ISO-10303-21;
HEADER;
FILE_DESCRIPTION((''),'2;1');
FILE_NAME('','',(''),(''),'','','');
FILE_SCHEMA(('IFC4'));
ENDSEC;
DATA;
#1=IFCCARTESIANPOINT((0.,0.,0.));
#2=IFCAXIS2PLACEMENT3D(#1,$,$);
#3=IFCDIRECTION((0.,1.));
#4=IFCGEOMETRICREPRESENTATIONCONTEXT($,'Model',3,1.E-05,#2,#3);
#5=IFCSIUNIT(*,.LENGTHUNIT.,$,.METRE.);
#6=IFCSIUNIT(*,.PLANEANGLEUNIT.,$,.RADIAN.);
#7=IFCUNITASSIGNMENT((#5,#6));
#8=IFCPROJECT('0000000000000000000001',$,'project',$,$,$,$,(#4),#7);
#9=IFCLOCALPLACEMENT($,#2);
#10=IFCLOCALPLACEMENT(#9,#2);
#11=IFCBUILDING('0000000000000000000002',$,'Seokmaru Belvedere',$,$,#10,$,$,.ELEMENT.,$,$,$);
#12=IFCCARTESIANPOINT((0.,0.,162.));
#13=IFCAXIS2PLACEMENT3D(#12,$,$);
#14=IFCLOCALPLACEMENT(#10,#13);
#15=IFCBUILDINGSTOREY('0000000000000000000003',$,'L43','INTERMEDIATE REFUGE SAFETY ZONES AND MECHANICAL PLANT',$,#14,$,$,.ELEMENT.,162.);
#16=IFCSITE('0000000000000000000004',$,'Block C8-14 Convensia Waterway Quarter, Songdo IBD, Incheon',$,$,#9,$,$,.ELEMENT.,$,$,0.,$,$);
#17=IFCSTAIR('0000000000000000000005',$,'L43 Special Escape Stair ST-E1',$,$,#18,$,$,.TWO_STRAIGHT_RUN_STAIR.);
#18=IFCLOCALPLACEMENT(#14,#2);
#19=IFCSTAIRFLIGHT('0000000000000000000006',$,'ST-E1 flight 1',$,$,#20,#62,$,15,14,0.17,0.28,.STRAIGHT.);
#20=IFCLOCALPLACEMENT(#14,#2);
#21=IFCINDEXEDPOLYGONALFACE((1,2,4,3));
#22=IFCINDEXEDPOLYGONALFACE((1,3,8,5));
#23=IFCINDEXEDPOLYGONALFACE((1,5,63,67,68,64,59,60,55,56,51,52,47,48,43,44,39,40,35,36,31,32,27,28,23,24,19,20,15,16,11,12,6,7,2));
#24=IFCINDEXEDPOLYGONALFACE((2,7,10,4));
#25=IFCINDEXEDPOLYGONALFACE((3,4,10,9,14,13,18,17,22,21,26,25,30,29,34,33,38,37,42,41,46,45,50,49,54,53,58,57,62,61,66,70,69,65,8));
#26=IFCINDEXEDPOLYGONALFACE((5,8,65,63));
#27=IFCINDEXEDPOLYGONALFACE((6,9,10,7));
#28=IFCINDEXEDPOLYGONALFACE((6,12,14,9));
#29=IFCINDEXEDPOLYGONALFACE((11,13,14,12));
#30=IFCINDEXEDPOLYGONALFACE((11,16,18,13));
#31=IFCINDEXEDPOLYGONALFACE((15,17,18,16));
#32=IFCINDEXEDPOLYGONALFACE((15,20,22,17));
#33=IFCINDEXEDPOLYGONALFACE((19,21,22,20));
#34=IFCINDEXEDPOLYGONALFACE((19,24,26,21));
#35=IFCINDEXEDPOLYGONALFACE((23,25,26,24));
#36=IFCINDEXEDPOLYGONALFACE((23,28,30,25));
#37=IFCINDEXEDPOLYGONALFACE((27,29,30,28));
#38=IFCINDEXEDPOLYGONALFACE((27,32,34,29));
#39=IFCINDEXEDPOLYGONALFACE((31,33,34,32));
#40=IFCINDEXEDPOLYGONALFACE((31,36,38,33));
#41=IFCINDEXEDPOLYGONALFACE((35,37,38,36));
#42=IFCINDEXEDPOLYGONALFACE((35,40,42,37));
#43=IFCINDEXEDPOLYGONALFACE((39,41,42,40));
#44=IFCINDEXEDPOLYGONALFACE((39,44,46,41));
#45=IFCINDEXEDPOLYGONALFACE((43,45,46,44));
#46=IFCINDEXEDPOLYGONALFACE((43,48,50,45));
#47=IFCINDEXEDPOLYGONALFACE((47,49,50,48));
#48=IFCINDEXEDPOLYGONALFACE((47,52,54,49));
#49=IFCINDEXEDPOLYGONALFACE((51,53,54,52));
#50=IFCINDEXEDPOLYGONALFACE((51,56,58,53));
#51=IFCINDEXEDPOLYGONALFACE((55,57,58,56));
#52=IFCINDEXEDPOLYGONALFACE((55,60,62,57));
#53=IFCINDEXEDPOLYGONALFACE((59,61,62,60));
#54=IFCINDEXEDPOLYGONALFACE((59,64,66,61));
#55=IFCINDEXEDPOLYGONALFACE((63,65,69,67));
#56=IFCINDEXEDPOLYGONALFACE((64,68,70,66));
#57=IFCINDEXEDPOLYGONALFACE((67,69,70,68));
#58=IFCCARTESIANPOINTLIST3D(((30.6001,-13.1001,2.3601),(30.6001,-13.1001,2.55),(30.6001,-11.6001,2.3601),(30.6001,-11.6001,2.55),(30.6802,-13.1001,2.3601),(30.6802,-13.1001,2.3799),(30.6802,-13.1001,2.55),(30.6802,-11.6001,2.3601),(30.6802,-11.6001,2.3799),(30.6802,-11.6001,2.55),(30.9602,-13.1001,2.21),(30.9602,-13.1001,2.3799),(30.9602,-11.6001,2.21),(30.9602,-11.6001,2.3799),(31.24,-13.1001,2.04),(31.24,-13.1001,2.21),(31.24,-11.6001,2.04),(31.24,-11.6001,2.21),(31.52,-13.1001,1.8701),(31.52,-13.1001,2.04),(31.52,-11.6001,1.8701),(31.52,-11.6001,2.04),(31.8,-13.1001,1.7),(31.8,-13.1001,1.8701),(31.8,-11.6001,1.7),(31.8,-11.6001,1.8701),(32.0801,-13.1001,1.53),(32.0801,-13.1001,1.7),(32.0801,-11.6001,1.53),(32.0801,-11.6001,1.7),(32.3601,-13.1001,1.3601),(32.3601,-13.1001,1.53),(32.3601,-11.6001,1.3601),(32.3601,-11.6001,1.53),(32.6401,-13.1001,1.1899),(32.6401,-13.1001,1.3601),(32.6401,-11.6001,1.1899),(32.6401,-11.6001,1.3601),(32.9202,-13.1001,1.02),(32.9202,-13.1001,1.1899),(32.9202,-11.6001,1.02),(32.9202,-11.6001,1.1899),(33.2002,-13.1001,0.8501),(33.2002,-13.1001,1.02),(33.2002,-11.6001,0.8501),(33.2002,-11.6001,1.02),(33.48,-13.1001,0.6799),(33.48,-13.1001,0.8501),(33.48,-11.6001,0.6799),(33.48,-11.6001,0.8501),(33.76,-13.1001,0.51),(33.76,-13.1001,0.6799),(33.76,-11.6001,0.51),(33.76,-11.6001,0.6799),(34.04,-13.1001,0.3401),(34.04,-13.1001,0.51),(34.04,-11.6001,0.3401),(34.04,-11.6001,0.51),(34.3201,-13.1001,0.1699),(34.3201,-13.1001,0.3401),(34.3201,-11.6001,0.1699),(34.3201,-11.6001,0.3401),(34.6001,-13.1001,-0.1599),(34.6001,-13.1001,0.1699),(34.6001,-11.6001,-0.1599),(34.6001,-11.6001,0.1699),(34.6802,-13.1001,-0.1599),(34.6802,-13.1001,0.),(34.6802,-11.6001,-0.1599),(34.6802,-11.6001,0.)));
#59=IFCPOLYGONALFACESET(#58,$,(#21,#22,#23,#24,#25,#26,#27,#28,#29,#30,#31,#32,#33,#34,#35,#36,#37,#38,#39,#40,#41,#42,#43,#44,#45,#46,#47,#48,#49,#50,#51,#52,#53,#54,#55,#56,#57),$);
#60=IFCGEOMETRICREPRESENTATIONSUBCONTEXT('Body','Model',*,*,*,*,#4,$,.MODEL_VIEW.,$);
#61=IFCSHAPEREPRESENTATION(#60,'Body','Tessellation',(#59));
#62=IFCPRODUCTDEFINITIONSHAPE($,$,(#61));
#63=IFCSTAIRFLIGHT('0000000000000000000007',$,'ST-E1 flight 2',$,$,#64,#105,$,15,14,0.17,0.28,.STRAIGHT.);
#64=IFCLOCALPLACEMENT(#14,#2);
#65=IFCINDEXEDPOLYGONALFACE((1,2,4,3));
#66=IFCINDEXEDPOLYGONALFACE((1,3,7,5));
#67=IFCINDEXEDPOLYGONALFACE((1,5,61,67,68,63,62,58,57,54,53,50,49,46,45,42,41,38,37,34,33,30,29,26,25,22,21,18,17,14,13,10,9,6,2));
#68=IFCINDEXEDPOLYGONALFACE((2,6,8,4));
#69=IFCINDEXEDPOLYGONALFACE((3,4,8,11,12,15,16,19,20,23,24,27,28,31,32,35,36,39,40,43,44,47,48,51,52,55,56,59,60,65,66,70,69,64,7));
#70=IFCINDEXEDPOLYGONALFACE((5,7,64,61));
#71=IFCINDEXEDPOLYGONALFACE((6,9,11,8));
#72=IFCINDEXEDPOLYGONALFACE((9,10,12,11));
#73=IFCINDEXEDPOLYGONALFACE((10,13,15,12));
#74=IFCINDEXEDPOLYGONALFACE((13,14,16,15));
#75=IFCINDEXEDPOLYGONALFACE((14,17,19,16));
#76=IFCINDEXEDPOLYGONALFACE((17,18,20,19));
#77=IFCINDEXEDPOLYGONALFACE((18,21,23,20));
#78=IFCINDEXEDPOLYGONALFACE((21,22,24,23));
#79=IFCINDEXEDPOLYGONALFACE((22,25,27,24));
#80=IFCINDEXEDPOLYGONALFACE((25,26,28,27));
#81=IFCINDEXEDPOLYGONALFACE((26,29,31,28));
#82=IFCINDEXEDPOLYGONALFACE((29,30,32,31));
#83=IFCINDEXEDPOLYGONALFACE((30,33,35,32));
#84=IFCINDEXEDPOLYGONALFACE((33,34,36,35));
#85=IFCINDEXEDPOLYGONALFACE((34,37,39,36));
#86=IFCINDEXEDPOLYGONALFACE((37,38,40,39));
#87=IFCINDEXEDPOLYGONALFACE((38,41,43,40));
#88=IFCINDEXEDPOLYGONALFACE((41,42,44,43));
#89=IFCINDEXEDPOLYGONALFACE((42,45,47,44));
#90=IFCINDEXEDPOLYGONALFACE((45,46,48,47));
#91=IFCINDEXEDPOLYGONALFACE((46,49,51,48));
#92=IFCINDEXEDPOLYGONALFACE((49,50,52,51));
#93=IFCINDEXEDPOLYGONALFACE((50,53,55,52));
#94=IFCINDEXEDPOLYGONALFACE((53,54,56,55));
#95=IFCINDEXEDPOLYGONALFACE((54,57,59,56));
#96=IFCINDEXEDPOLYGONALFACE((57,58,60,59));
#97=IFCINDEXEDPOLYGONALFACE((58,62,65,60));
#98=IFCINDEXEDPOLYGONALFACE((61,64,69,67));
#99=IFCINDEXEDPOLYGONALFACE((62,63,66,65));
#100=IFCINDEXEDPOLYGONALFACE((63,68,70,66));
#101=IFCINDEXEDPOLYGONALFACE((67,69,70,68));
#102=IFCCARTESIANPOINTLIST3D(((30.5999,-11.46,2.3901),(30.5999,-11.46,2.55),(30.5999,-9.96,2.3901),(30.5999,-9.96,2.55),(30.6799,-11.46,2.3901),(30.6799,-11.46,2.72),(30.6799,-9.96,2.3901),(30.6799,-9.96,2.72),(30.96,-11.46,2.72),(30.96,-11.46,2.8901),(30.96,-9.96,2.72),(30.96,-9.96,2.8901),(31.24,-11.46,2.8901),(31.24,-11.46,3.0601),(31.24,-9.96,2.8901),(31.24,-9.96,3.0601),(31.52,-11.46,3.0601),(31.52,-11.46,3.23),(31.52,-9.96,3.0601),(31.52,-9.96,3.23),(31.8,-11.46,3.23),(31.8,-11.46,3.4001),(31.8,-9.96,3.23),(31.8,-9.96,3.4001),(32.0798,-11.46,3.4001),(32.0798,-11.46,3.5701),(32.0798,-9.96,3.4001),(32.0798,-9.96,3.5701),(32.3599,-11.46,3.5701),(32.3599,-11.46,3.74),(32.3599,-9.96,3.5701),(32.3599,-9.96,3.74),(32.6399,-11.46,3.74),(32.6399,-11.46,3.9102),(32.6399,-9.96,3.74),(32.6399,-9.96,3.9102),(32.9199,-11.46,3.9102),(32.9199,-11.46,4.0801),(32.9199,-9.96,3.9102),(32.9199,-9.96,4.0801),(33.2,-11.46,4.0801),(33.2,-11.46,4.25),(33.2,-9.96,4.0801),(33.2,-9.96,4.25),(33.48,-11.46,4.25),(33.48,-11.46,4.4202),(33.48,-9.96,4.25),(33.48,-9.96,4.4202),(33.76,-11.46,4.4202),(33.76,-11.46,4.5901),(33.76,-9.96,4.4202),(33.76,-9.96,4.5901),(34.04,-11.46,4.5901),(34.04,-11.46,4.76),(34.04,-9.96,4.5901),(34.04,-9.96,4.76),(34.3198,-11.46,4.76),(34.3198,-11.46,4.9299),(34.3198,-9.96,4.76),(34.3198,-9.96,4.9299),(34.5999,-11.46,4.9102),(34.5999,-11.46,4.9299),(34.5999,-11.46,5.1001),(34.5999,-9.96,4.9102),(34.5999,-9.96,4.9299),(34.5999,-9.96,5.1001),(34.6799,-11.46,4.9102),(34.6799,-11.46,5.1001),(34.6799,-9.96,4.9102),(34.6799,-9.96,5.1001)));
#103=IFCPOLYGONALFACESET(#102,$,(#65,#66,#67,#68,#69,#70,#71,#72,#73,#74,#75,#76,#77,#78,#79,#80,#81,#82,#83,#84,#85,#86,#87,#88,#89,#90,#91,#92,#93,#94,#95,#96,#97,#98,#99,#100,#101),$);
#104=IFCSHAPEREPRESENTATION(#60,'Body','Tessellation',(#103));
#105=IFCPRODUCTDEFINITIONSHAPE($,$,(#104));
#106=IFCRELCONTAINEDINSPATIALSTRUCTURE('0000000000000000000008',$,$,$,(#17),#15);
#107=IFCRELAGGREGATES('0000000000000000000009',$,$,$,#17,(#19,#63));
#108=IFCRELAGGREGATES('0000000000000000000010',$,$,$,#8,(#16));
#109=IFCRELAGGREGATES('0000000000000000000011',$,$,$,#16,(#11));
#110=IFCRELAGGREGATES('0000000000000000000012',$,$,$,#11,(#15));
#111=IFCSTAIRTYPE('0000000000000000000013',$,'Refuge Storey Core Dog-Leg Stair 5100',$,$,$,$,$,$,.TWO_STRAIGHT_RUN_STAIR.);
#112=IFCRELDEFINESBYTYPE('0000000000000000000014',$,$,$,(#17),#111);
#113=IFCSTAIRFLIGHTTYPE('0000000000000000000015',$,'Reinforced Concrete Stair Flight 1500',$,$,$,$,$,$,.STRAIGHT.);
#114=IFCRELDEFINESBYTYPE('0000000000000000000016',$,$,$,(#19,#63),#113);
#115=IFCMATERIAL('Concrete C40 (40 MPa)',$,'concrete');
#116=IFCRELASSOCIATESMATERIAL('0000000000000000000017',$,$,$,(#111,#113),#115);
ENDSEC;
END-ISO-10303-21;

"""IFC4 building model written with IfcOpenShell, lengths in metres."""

from ifc_helpers import new_model, si_unit, direction, frame, origin, place, context, subcontext, project, spatial, polyline, outline, extrude, material, type_object, element, aggregate, save


model = new_model("IFC4")

# Units and contexts
model_context = context("Model", 3, precision=1e-05, world=origin(), true_north=direction((0.0, 1.0)))
body_context = subcontext(model_context, "Body", "Model", "MODEL_VIEW")
ifc_project = project(units=[si_unit("LENGTHUNIT", "METRE"), si_unit("PLANEANGLEUNIT", "RADIAN")], contexts=[model_context])

# Site, building, storey
site_placement = place(None, origin())
site = spatial("IfcSite", under=ifc_project, at=site_placement, Name="Block C8-14 Convensia Waterway Quarter, Songdo IBD, Incheon", CompositionType="ELEMENT", RefElevation=0.0)
building_placement = place(site_placement, origin())
building = spatial("IfcBuilding", under=site, at=building_placement, Name="Seokmaru Belvedere", CompositionType="ELEMENT")
storey_placement = place(building_placement, frame((0.0, 0.0, 162.0)))
storey = spatial("IfcBuildingStorey", under=building, at=storey_placement, Name="L43", Description="INTERMEDIATE REFUGE SAFETY ZONES AND MECHANICAL PLANT", CompositionType="ELEMENT", Elevation=162.0)

# Shared definitions
ifc_material_1 = material(Name="Concrete C40 (40 MPa)", Category="concrete")

# Stair, stair flights
stair_type = type_object("IfcStairType", Name="Refuge Storey Core Dog-Leg Stair 5100", PredefinedType="TWO_STRAIGHT_RUN_STAIR", material=ifc_material_1)
stair_placement = place(storey_placement, origin())
stair = element("IfcStair", 1, at=stair_placement, inside=storey, type_object=stair_type, Name="L43 Special Escape Stair ST-E1", PredefinedType="TWO_STRAIGHT_RUN_STAIR")
stair_flight_type = type_object("IfcStairFlightType", Name="Reinforced Concrete Stair Flight 1500", PredefinedType="STRAIGHT", material=ifc_material_1)
stair_flight_1_placement = place(storey_placement, frame((34.6001, -12.3501, 0.0), z_axis=(0.0, 0.0, 1.0), x_axis=(-1.0, 0.0, 0.0)))
stair_flight_1 = element("IfcStairFlight", 2, at=stair_flight_1_placement, type_object=stair_flight_type, Name="ST-E1 flight 1", NumberOfRisers=15, NumberOfTreads=14, PredefinedType="STRAIGHT", RiserHeight=0.17, TreadLength=0.28, context=body_context, shape_type="SweptSolid", body=[
    extrude(outline(polyline([(-0.0801, 0.0), (0.0, 0.1699), (0.28, 0.1699), (0.28, 0.3401), (0.5601, 0.3401), (0.5601, 0.51), (0.8401, 0.51), (0.8401, 0.6799), (1.1201, 0.6799), (1.1201, 0.8501), (1.3999, 0.8501), (1.3999, 1.02), (1.6799, 1.02), (1.6799, 1.1899), (1.96, 1.1899), (1.96, 1.3601), (2.24, 1.3601), (2.24, 1.53), (2.52, 1.53), (2.52, 1.7), (2.8, 1.7), (2.8, 1.8701), (3.0801, 1.8701), (3.0801, 2.04), (3.3601, 2.04), (3.3601, 2.21), (3.6399, 2.21), (3.6399, 2.3799), (3.9199, 2.3799), (3.9199, 2.55), (4.0, 2.55), (4.0, 2.3601), (3.9199, 2.3601), (0.0, -0.1599), (-0.0801, -0.1599), (-0.0801, 0.0)])), frame((0.0, 0.75, 0.0), z_axis=(0.0, -1.0, 0.0), x_axis=(1.0, 0.0, 0.0)), (0.0, 0.0, 1.0), 1.5),
])
stair_flight_2_placement = place(storey_placement, frame((30.6799, -10.71, 2.55), z_axis=(0.0, 0.0, 1.0), x_axis=(1.0, 0.0, 0.0)))
stair_flight_2 = element("IfcStairFlight", 3, at=stair_flight_2_placement, type_object=stair_flight_type, Name="ST-E1 flight 2", NumberOfRisers=15, NumberOfTreads=14, PredefinedType="STRAIGHT", RiserHeight=0.17, TreadLength=0.28, context=body_context, shape_type="SweptSolid", body=[
    extrude(outline(polyline([(-0.0801, 0.0), (0.0, 0.1699), (0.28, 0.1699), (0.28, 0.3401), (0.5601, 0.3401), (0.5601, 0.51), (0.8401, 0.51), (0.8401, 0.6799), (1.1201, 0.6799), (1.1201, 0.8501), (1.3999, 0.8501), (1.3999, 1.02), (1.6799, 1.02), (1.6799, 1.1899), (1.96, 1.1899), (1.96, 1.3601), (2.24, 1.3601), (2.24, 1.53), (2.52, 1.53), (2.52, 1.7), (2.8, 1.7), (2.8, 1.8701), (3.0801, 1.8701), (3.0801, 2.04), (3.3601, 2.04), (3.3601, 2.21), (3.6399, 2.21), (3.6399, 2.3799), (3.9199, 2.3799), (3.9199, 2.55), (4.0, 2.55), (4.0, 2.3601), (3.9199, 2.3601), (0.0, -0.1599), (-0.0801, -0.1599), (-0.0801, 0.0)])), frame((0.0, 0.75, 0.0), z_axis=(0.0, -1.0, 0.0), x_axis=(1.0, 0.0, 0.0)), (0.0, 0.0, 1.0), 1.5),
])
aggregate(stair, [stair_flight_1, stair_flight_2])

save(model, "model.ifc")
